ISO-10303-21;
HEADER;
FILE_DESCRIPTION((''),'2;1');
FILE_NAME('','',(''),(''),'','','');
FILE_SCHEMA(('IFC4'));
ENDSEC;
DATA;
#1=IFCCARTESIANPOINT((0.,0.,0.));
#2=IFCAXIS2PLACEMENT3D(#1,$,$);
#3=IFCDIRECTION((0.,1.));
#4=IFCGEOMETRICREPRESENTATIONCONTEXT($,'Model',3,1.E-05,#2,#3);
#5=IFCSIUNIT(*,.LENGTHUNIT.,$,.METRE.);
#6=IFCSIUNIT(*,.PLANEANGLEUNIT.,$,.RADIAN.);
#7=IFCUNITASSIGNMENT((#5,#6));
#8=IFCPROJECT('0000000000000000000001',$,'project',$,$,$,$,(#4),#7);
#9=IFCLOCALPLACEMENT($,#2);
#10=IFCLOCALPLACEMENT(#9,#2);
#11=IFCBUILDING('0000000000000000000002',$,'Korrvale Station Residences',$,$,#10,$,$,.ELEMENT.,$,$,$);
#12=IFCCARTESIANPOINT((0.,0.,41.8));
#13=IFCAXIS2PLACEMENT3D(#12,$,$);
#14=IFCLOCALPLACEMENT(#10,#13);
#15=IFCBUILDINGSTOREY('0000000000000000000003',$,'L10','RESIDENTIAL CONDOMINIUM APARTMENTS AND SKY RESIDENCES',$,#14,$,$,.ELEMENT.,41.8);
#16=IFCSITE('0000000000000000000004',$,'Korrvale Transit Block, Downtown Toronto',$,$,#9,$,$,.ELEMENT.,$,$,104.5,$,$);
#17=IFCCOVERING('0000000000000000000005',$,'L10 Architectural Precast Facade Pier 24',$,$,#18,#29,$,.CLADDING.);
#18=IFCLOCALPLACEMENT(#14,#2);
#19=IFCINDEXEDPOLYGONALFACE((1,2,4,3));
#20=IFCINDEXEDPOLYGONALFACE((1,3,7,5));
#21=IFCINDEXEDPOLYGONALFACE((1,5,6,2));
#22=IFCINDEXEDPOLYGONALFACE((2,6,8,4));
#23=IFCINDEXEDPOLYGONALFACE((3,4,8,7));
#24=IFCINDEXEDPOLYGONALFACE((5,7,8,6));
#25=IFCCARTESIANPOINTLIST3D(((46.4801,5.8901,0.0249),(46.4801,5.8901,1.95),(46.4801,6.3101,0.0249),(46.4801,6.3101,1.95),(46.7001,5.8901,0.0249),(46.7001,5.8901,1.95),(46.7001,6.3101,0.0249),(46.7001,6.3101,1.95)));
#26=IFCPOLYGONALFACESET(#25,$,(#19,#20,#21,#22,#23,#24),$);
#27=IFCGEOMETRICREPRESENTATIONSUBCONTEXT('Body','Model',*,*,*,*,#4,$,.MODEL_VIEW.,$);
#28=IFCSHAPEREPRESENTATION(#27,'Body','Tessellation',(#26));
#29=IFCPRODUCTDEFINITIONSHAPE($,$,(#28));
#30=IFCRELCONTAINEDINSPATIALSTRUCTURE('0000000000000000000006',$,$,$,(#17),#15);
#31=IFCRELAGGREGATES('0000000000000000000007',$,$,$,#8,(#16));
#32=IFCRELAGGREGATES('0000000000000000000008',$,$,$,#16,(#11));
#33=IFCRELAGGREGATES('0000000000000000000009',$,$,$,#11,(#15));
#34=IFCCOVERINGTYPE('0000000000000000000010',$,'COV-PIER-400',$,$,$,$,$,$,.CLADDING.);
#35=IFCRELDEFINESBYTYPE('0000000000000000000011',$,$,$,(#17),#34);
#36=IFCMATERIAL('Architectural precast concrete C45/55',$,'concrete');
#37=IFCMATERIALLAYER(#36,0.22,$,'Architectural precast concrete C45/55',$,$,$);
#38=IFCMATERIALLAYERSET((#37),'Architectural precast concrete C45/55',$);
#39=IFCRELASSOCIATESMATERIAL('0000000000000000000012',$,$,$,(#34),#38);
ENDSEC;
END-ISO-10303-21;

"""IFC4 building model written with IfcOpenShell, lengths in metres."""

from ifc_helpers import new_model, si_unit, direction, frame, origin, origin_2d, place, context, subcontext, project, spatial, rectangle, extrude, material, layer, layer_set, type_object, element, save


model = new_model("IFC4")

# Units and contexts
model_context = context("Model", 3, precision=1e-05, world=origin(), true_north=direction((0.0, 1.0)))
body_context = subcontext(model_context, "Body", "Model", "MODEL_VIEW")
ifc_project = project(units=[si_unit("LENGTHUNIT", "METRE"), si_unit("PLANEANGLEUNIT", "RADIAN")], contexts=[model_context])

# Site, building, storey
site_placement = place(None, origin())
site = spatial("IfcSite", under=ifc_project, at=site_placement, Name="Korrvale Transit Block, Downtown Toronto", CompositionType="ELEMENT", RefElevation=104.5)
building_placement = place(site_placement, origin())
building = spatial("IfcBuilding", under=site, at=building_placement, Name="Korrvale Station Residences", CompositionType="ELEMENT")
storey_placement = place(building_placement, frame((0.0, 0.0, 41.8)))
storey = spatial("IfcBuildingStorey", under=building, at=storey_placement, Name="L10", Description="RESIDENTIAL CONDOMINIUM APARTMENTS AND SKY RESIDENCES", CompositionType="ELEMENT", Elevation=41.8)

# Covering
ifc_material_1 = material(Name="Architectural precast concrete C45/55", Category="concrete")
ifc_layer_1 = layer(ifc_material_1, 0.22, Name="Architectural precast concrete C45/55")
ifc_layer_set_1 = layer_set([ifc_layer_1], Name="Architectural precast concrete C45/55")
covering_type = type_object("IfcCoveringType", Name="COV-PIER-400", PredefinedType="CLADDING", material=ifc_layer_set_1)
covering_placement = place(storey_placement, frame((46.5901, 6.1001, 0.0249), z_axis=(0.0, 0.0, 1.0), x_axis=(0.0, 1.0, 0.0)))
element("IfcCovering", 1, at=covering_placement, inside=storey, type_object=covering_type, Name="L10 Architectural Precast Facade Pier 24", PredefinedType="CLADDING", context=body_context, shape_type="SweptSolid", body=[
    extrude(rectangle(XDim=0.4199, YDim=0.22, at=origin_2d()), origin(), (0.0, 0.0, 1.0), 1.925),
])

save(model, "model.ifc")
